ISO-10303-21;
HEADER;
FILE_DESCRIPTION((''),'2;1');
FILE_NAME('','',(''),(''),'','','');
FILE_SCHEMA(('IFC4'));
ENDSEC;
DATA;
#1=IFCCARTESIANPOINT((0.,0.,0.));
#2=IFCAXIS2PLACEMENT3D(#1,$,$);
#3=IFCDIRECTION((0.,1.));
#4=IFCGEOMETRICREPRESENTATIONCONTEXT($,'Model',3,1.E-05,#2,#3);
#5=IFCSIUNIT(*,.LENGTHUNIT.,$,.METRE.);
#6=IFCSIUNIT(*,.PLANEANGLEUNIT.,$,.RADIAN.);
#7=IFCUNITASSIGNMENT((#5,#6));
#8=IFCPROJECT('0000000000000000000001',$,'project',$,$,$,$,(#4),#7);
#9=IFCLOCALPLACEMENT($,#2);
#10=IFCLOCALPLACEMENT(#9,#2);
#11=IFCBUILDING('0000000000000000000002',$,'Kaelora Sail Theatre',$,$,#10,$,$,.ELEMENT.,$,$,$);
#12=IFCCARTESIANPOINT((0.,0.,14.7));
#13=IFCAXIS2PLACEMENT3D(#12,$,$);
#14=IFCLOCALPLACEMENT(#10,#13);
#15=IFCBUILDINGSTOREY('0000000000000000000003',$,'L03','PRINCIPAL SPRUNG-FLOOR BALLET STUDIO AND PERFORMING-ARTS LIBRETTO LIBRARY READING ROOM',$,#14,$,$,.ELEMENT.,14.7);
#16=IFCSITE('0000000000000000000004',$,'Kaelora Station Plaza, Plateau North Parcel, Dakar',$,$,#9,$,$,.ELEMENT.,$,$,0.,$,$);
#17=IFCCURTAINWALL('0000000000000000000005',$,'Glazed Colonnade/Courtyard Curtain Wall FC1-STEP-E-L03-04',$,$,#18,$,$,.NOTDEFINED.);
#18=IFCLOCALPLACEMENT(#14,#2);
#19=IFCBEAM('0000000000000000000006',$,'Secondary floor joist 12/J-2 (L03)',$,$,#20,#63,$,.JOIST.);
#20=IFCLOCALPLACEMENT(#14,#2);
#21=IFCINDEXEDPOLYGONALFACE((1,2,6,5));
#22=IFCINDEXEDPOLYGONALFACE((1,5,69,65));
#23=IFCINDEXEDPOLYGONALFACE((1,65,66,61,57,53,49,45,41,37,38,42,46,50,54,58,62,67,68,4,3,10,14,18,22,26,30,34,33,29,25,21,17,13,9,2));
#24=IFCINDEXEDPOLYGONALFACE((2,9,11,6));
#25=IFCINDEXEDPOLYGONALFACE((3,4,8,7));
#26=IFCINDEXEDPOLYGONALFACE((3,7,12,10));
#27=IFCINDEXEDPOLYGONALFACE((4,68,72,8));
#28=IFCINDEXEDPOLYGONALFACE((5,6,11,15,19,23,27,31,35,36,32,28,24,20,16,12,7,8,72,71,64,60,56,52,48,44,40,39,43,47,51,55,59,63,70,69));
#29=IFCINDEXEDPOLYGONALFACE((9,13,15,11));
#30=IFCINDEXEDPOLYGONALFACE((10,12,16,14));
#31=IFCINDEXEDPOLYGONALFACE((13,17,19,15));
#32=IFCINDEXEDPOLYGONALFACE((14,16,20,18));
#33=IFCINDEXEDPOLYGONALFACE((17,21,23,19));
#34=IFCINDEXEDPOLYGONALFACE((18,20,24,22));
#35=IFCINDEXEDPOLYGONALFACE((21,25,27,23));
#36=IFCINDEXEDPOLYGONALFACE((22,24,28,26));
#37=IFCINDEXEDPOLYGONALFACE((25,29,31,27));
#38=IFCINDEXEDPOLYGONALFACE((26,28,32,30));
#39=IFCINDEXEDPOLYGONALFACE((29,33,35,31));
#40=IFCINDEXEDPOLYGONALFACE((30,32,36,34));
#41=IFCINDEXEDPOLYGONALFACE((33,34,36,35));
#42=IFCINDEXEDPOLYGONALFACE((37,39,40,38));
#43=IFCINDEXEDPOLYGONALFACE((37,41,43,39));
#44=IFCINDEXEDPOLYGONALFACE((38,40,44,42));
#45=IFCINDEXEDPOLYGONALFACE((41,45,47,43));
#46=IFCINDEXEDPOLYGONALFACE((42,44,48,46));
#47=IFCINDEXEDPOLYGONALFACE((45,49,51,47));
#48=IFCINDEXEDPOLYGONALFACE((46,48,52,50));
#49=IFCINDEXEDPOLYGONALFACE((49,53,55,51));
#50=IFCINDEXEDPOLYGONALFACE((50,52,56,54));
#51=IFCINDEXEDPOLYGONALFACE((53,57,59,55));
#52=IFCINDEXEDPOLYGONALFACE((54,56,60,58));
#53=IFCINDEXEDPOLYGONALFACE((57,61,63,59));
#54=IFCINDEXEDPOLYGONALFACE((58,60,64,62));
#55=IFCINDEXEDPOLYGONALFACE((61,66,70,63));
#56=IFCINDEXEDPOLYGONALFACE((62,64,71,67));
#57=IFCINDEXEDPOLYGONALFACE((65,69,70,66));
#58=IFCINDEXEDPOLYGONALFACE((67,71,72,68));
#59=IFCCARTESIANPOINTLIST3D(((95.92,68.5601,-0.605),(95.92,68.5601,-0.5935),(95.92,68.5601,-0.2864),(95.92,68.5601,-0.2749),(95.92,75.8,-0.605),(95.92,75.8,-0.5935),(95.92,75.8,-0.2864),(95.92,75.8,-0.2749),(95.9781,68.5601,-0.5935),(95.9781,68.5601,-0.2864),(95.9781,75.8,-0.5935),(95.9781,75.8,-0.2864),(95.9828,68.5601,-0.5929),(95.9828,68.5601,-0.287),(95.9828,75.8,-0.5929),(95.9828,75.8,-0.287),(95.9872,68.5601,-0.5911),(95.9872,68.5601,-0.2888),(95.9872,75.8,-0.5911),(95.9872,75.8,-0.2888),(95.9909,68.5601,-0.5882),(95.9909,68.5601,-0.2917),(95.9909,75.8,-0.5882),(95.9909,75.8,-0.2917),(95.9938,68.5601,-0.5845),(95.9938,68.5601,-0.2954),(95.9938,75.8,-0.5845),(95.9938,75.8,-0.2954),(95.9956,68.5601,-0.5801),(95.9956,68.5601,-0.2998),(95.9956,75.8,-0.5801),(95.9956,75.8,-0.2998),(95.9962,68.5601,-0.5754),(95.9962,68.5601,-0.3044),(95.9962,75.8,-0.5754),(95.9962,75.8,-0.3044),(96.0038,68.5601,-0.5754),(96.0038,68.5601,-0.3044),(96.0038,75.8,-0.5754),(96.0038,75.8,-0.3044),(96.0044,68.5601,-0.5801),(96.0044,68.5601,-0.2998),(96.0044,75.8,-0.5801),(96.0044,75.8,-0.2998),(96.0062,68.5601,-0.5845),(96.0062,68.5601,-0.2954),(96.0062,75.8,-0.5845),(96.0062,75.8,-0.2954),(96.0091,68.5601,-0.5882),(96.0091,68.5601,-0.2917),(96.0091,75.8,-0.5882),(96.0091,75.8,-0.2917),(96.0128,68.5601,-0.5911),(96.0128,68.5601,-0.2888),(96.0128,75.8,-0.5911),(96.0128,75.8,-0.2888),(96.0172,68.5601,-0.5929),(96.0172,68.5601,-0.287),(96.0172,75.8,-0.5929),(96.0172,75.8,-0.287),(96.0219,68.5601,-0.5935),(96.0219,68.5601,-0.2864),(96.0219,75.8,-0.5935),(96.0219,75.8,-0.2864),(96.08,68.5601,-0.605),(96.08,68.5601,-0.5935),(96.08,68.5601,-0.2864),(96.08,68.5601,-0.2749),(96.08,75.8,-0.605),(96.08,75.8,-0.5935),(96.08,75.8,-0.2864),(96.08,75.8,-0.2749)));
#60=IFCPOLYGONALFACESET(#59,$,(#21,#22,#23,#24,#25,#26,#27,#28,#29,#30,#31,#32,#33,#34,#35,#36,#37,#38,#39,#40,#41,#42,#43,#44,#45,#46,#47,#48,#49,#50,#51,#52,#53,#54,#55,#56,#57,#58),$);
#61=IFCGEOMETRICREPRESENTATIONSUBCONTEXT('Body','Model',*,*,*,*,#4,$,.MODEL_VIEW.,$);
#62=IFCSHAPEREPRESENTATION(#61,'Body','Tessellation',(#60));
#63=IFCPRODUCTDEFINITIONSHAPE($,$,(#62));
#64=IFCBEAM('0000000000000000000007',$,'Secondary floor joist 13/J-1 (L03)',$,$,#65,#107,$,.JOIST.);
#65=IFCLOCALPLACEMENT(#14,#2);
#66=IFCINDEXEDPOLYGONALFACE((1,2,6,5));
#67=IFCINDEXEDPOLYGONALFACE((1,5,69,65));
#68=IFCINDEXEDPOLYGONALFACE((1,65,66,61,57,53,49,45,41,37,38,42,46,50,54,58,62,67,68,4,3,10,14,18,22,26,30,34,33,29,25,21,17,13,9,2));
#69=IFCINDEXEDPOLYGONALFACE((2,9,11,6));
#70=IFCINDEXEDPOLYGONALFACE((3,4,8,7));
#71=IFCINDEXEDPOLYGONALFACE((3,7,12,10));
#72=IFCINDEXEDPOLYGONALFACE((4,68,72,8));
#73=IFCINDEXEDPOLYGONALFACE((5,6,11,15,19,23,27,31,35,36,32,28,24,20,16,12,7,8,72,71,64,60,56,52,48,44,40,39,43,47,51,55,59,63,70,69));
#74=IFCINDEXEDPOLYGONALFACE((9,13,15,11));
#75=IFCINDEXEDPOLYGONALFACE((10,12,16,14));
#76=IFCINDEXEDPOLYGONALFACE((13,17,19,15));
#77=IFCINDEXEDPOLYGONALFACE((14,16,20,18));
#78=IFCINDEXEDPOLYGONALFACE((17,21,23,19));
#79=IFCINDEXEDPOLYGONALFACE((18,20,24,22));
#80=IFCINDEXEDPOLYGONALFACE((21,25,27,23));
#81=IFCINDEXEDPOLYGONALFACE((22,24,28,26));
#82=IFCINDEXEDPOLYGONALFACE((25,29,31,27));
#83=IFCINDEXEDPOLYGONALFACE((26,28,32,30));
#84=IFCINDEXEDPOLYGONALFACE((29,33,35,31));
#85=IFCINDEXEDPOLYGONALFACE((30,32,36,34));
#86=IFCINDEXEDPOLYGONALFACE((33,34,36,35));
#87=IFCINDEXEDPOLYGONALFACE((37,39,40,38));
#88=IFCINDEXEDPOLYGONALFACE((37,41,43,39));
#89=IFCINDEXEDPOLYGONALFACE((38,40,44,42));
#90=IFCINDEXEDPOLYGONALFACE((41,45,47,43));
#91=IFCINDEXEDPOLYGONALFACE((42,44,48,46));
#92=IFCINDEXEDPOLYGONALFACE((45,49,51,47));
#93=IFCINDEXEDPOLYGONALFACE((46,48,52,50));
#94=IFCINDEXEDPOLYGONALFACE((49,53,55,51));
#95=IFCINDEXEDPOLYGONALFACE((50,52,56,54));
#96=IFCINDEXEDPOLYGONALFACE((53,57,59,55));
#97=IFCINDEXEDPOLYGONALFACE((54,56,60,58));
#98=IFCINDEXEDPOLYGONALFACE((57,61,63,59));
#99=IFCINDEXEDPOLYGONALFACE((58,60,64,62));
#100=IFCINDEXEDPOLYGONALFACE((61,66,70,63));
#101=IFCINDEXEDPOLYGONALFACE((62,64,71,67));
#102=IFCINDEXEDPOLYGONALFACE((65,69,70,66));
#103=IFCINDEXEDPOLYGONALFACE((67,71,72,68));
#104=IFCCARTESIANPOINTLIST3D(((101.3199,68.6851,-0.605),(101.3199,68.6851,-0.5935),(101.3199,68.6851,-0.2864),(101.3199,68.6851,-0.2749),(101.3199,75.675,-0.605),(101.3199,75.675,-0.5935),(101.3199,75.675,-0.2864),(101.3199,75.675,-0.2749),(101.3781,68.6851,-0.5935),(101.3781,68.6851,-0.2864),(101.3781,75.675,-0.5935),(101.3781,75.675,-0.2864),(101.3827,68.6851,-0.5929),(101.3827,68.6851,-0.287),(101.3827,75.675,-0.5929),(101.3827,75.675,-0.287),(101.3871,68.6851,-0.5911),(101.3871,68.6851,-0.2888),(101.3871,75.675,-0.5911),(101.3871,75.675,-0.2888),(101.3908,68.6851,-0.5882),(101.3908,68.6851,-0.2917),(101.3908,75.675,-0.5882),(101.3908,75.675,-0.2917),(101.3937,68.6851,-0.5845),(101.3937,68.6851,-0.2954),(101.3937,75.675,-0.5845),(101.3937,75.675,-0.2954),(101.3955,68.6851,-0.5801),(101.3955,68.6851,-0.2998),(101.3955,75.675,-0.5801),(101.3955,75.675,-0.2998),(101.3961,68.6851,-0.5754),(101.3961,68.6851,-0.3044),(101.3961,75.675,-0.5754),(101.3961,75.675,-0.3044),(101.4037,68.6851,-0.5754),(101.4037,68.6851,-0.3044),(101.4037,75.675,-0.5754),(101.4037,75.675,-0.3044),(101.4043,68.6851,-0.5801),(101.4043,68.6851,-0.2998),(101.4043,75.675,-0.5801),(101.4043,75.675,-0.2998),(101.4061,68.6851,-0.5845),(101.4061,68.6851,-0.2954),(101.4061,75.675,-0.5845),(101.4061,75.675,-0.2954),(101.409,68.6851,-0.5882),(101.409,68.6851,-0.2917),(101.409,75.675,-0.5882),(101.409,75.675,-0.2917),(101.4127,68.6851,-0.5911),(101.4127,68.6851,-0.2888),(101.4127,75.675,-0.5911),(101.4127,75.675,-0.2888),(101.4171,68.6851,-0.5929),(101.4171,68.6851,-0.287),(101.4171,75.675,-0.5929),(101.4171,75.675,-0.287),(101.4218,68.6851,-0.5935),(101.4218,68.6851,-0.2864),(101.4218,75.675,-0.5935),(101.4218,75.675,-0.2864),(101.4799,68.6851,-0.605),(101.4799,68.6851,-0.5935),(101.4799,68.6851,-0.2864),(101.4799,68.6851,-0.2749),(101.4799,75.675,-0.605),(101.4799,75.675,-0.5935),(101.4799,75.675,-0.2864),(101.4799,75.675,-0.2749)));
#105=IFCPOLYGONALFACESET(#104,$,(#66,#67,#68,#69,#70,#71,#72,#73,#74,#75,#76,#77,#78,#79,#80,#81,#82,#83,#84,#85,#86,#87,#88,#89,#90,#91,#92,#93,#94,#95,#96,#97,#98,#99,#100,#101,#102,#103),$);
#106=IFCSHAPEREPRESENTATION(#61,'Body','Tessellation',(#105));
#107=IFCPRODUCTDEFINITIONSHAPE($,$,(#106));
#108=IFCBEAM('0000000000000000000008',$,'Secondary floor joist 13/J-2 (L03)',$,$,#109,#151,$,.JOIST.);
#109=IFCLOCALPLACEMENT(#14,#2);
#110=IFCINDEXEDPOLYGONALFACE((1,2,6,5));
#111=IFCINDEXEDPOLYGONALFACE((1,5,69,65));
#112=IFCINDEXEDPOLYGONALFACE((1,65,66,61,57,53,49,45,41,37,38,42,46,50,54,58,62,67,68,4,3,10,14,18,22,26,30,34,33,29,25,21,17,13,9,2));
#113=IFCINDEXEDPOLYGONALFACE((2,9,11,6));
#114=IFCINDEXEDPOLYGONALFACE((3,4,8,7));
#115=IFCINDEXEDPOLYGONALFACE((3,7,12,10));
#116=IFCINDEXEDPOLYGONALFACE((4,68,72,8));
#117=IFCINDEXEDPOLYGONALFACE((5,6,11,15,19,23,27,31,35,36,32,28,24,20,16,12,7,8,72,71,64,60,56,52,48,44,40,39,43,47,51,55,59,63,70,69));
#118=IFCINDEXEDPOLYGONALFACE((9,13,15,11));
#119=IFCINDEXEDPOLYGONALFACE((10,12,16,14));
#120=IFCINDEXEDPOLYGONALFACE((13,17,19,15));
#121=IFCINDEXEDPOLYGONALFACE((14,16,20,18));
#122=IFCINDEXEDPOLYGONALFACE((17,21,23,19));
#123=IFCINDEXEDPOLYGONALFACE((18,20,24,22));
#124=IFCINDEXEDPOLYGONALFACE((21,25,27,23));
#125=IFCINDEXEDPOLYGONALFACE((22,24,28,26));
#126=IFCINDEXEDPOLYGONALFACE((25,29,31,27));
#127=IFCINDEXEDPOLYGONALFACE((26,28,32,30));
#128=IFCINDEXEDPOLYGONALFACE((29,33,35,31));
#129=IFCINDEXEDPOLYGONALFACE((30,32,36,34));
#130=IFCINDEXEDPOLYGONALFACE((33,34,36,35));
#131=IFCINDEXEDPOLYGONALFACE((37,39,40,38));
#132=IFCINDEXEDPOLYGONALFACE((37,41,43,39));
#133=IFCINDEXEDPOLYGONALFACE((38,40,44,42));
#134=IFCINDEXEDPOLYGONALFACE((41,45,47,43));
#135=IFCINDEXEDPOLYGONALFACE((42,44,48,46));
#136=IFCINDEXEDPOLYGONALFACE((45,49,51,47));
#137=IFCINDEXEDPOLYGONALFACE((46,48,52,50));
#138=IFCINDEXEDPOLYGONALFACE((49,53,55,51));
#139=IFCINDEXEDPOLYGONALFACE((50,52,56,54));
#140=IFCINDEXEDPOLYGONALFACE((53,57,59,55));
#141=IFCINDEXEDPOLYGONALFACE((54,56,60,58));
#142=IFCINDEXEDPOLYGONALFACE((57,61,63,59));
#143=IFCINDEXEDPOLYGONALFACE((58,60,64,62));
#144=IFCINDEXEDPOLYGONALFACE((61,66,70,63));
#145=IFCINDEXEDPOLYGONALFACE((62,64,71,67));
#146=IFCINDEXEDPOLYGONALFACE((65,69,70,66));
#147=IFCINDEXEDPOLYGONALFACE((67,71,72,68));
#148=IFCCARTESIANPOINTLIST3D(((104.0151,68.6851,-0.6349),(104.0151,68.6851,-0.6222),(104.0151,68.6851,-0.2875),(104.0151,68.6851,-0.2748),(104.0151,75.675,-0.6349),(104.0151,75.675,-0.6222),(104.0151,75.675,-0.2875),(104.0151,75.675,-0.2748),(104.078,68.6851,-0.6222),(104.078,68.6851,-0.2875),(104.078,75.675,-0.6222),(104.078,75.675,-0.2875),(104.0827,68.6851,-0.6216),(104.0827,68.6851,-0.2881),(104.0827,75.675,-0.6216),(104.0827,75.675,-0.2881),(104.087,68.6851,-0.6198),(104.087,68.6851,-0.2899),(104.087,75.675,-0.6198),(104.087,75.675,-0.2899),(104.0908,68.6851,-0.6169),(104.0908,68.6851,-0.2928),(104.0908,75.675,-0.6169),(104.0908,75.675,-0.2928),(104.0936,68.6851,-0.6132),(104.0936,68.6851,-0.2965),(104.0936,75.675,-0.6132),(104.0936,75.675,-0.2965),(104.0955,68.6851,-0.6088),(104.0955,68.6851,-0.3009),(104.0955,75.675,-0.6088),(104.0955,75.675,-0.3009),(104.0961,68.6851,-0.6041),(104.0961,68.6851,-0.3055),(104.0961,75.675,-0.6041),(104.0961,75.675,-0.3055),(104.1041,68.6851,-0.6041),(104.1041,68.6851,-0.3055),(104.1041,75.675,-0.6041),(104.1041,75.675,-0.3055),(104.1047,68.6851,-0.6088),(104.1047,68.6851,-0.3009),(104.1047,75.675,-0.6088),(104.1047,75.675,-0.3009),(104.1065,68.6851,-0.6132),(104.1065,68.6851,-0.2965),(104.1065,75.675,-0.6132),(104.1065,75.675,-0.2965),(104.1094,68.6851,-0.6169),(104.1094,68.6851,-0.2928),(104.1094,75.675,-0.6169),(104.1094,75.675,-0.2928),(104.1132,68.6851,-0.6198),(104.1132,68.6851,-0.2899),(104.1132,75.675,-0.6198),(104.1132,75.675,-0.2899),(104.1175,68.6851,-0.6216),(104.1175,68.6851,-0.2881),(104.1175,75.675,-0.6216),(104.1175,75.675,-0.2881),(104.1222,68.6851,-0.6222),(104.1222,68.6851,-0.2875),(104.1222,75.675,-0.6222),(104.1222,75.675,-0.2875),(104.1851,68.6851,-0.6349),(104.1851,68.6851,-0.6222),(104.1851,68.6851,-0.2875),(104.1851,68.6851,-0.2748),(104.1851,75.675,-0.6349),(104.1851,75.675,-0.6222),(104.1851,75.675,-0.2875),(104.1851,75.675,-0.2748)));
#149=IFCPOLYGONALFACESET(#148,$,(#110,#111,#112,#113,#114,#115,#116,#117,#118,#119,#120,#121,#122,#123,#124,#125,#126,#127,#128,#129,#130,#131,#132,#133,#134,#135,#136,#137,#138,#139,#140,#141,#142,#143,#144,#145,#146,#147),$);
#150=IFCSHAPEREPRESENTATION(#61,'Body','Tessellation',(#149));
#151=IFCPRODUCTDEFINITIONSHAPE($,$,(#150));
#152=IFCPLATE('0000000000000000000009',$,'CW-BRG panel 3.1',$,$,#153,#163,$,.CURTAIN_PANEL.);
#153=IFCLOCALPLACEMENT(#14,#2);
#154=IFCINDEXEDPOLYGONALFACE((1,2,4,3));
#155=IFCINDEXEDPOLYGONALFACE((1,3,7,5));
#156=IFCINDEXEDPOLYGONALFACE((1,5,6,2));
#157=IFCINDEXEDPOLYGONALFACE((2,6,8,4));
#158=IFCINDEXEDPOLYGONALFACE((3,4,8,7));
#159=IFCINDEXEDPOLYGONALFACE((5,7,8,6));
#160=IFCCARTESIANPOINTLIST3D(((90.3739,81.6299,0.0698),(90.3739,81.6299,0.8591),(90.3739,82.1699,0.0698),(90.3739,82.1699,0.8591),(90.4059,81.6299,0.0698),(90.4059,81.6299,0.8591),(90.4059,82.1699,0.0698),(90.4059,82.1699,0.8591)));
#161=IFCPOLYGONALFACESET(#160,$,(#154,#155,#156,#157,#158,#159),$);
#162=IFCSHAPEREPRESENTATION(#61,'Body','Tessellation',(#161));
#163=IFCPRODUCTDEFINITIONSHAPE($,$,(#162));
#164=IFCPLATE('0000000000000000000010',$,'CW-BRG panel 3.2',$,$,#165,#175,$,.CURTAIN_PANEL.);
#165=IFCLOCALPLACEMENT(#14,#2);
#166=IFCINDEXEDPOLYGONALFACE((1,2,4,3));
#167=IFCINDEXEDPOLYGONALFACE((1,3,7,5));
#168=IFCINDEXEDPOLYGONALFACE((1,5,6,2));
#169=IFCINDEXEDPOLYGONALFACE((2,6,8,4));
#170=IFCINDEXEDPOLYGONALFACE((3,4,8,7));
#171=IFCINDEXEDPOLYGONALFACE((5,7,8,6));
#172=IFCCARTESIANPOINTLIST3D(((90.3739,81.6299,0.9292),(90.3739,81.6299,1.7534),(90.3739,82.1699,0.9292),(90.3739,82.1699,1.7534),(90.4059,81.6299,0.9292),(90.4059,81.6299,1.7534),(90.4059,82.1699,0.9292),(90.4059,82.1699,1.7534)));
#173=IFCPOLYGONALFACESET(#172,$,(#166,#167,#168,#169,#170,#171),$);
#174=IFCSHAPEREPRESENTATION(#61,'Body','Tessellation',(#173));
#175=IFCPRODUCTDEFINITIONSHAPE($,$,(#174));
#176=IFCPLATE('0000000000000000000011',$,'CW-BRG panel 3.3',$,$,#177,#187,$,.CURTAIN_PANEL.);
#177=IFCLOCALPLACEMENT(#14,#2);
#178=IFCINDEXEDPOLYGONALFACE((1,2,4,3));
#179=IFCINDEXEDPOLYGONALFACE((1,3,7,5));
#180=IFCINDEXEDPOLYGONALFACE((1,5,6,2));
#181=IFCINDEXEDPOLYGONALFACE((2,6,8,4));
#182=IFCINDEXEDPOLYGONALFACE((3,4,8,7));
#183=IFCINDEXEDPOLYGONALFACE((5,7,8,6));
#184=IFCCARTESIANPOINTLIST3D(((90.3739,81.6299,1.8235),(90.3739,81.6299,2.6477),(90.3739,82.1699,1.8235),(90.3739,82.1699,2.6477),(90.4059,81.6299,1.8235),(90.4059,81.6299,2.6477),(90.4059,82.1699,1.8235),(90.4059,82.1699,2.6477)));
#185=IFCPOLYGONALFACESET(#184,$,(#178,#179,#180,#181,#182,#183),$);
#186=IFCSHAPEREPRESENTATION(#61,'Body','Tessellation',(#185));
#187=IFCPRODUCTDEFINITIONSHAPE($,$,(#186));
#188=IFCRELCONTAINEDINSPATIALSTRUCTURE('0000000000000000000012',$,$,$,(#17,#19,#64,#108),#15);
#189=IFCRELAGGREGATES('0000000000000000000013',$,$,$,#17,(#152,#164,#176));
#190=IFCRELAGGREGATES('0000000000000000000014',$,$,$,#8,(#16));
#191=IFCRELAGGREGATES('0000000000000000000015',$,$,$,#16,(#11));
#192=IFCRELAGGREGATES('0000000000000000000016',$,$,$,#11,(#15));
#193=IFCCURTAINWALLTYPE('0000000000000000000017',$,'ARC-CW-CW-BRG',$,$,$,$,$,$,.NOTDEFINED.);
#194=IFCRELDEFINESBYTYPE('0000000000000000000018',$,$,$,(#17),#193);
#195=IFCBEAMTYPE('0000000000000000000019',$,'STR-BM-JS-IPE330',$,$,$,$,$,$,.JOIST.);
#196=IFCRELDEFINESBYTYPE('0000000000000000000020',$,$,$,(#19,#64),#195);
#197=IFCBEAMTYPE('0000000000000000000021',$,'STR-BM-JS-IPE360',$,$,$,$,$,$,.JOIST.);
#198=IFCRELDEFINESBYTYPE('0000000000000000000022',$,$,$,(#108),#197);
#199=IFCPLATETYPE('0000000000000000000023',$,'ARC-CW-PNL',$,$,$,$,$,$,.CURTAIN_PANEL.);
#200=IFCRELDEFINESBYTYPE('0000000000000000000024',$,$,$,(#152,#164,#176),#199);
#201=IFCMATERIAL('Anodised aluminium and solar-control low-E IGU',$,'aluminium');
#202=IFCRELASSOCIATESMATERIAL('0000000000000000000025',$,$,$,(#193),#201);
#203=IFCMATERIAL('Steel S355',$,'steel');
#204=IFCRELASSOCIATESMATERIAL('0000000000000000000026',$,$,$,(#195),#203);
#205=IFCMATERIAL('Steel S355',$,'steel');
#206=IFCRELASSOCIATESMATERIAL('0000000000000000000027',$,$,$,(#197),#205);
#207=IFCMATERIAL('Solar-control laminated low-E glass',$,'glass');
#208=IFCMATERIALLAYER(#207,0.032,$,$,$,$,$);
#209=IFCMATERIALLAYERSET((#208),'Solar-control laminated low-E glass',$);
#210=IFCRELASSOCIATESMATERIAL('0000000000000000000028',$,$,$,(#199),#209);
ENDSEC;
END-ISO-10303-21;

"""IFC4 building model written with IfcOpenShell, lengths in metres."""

from ifc_helpers import new_model, si_unit, direction, frame, origin, origin_2d, place, context, subcontext, project, spatial, rectangle, i_section, extrude, material, layer, layer_set, material_profile, profile_set, type_object, element, aggregate, save


model = new_model("IFC4")

# Units and contexts
model_context = context("Model", 3, precision=1e-05, world=origin(), true_north=direction((0.0, 1.0)))
body_context = subcontext(model_context, "Body", "Model", "MODEL_VIEW")
ifc_project = project(units=[si_unit("LENGTHUNIT", "METRE"), si_unit("PLANEANGLEUNIT", "RADIAN")], contexts=[model_context])

# Site, building, storey
site_placement = place(None, origin())
site = spatial("IfcSite", under=ifc_project, at=site_placement, Name="Kaelora Station Plaza, Plateau North Parcel, Dakar", CompositionType="ELEMENT", RefElevation=0.0)
building_placement = place(site_placement, origin())
building = spatial("IfcBuilding", under=site, at=building_placement, Name="Kaelora Sail Theatre", CompositionType="ELEMENT")
storey_placement = place(building_placement, frame((0.0, 0.0, 14.7)))
storey = spatial("IfcBuildingStorey", under=building, at=storey_placement, Name="L03", Description="PRINCIPAL SPRUNG-FLOOR BALLET STUDIO AND PERFORMING-ARTS LIBRETTO LIBRARY READING ROOM", CompositionType="ELEMENT", Elevation=14.7)

# Curtain wall
ifc_material_1 = material(Name="Anodised aluminium and solar-control low-E IGU", Category="aluminium")
curtain_wall_type = type_object("IfcCurtainWallType", Name="ARC-CW-CW-BRG", PredefinedType="NOTDEFINED", material=ifc_material_1)
curtain_wall_placement = place(storey_placement, origin())
curtain_wall = element("IfcCurtainWall", 1, at=curtain_wall_placement, inside=storey, type_object=curtain_wall_type, Name="Glazed Colonnade/Courtyard Curtain Wall FC1-STEP-E-L03-04", PredefinedType="NOTDEFINED")

# Beams
ifc_material_2 = material(Name="Steel S355", Category="steel")
ifc_material_profile_1 = material_profile(ifc_material_2, i_section(OverallWidth=0.1599, OverallDepth=0.3301, WebThickness=0.0076, FlangeThickness=0.0115, FilletRadius=0.0181, at=origin_2d()), Name="IPE 330")
ifc_profile_set_1 = profile_set([ifc_material_profile_1], Name="Steel S355")
beam_type_1 = type_object("IfcBeamType", Name="STR-BM-JS-IPE330", PredefinedType="JOIST", material=ifc_profile_set_1)
beam_1_placement = place(storey_placement, frame((96.0, 68.5601, -0.4399), z_axis=(0.0, 1.0, 0.0), x_axis=(-1.0, 0.0, 0.0)))
element("IfcBeam", 2, at=beam_1_placement, inside=storey, type_object=beam_type_1, Name="Secondary floor joist 12/J-2 (L03)", PredefinedType="JOIST", context=body_context, shape_type="SweptSolid", body=[
    extrude(i_section(OverallWidth=0.1599, OverallDepth=0.3301, WebThickness=0.0076, FlangeThickness=0.0115, FilletRadius=0.0181, at=origin_2d()), origin(), (0.0, 0.0, 1.0), 7.24),
])
beam_2_placement = place(storey_placement, frame((101.3999, 68.6851, -0.4399), z_axis=(0.0, 1.0, 0.0), x_axis=(-1.0, 0.0, 0.0)))
element("IfcBeam", 3, at=beam_2_placement, inside=storey, type_object=beam_type_1, Name="Secondary floor joist 13/J-1 (L03)", PredefinedType="JOIST", context=body_context, shape_type="SweptSolid", body=[
    extrude(i_section(OverallWidth=0.1599, OverallDepth=0.3301, WebThickness=0.0076, FlangeThickness=0.0115, FilletRadius=0.0181, at=origin_2d()), origin(), (0.0, 0.0, 1.0), 6.99),
])
ifc_material_3 = material(Name="Steel S355", Category="steel")
ifc_material_profile_2 = material_profile(ifc_material_3, i_section(OverallWidth=0.1699, OverallDepth=0.3601, WebThickness=0.0081, FlangeThickness=0.0127, FilletRadius=0.0181, at=origin_2d()), Name="IPE 360")
ifc_profile_set_2 = profile_set([ifc_material_profile_2], Name="Steel S355")
beam_type_2 = type_object("IfcBeamType", Name="STR-BM-JS-IPE360", PredefinedType="JOIST", material=ifc_profile_set_2)
beam_3_placement = place(storey_placement, frame((104.1001, 68.6851, -0.4548), z_axis=(0.0, 1.0, 0.0), x_axis=(-1.0, 0.0, 0.0)))
element("IfcBeam", 4, at=beam_3_placement, inside=storey, type_object=beam_type_2, Name="Secondary floor joist 13/J-2 (L03)", PredefinedType="JOIST", context=body_context, shape_type="SweptSolid", body=[
    extrude(i_section(OverallWidth=0.1699, OverallDepth=0.3601, WebThickness=0.0081, FlangeThickness=0.0127, FilletRadius=0.0181, at=origin_2d()), origin(), (0.0, 0.0, 1.0), 6.99),
])

# Plates
ifc_material_4 = material(Name="Solar-control laminated low-E glass", Category="glass")
ifc_layer = layer(ifc_material_4, 0.032)
ifc_layer_set = layer_set([ifc_layer], Name="Solar-control laminated low-E glass")
plate_type = type_object("IfcPlateType", Name="ARC-CW-PNL", PredefinedType="CURTAIN_PANEL", material=ifc_layer_set)
plate_1_placement = place(storey_placement, frame((90.3899, 81.8999, 0.0698), z_axis=(0.0, 0.0, 1.0), x_axis=(0.0, 1.0, 0.0)))
plate_1 = element("IfcPlate", 5, at=plate_1_placement, type_object=plate_type, Name="CW-BRG panel 3.1", PredefinedType="CURTAIN_PANEL", context=body_context, shape_type="SweptSolid", body=[
    extrude(rectangle(XDim=0.54, YDim=0.032, at=origin_2d()), origin(), (0.0, 0.0, 1.0), 0.7893),
])
plate_2_placement = place(storey_placement, frame((90.3899, 81.8999, 0.9292), z_axis=(0.0, 0.0, 1.0), x_axis=(0.0, 1.0, 0.0)))
plate_2 = element("IfcPlate", 6, at=plate_2_placement, type_object=plate_type, Name="CW-BRG panel 3.2", PredefinedType="CURTAIN_PANEL", context=body_context, shape_type="SweptSolid", body=[
    extrude(rectangle(XDim=0.54, YDim=0.032, at=origin_2d()), origin(), (0.0, 0.0, 1.0), 0.8242),
])
plate_3_placement = place(storey_placement, frame((90.3899, 81.8999, 1.8235), z_axis=(0.0, 0.0, 1.0), x_axis=(0.0, 1.0, 0.0)))
plate_3 = element("IfcPlate", 7, at=plate_3_placement, type_object=plate_type, Name="CW-BRG panel 3.3", PredefinedType="CURTAIN_PANEL", context=body_context, shape_type="SweptSolid", body=[
    extrude(rectangle(XDim=0.54, YDim=0.032, at=origin_2d()), origin(), (0.0, 0.0, 1.0), 0.8242),
])
aggregate(curtain_wall, [plate_1, plate_2, plate_3])

save(model, "model.ifc")
